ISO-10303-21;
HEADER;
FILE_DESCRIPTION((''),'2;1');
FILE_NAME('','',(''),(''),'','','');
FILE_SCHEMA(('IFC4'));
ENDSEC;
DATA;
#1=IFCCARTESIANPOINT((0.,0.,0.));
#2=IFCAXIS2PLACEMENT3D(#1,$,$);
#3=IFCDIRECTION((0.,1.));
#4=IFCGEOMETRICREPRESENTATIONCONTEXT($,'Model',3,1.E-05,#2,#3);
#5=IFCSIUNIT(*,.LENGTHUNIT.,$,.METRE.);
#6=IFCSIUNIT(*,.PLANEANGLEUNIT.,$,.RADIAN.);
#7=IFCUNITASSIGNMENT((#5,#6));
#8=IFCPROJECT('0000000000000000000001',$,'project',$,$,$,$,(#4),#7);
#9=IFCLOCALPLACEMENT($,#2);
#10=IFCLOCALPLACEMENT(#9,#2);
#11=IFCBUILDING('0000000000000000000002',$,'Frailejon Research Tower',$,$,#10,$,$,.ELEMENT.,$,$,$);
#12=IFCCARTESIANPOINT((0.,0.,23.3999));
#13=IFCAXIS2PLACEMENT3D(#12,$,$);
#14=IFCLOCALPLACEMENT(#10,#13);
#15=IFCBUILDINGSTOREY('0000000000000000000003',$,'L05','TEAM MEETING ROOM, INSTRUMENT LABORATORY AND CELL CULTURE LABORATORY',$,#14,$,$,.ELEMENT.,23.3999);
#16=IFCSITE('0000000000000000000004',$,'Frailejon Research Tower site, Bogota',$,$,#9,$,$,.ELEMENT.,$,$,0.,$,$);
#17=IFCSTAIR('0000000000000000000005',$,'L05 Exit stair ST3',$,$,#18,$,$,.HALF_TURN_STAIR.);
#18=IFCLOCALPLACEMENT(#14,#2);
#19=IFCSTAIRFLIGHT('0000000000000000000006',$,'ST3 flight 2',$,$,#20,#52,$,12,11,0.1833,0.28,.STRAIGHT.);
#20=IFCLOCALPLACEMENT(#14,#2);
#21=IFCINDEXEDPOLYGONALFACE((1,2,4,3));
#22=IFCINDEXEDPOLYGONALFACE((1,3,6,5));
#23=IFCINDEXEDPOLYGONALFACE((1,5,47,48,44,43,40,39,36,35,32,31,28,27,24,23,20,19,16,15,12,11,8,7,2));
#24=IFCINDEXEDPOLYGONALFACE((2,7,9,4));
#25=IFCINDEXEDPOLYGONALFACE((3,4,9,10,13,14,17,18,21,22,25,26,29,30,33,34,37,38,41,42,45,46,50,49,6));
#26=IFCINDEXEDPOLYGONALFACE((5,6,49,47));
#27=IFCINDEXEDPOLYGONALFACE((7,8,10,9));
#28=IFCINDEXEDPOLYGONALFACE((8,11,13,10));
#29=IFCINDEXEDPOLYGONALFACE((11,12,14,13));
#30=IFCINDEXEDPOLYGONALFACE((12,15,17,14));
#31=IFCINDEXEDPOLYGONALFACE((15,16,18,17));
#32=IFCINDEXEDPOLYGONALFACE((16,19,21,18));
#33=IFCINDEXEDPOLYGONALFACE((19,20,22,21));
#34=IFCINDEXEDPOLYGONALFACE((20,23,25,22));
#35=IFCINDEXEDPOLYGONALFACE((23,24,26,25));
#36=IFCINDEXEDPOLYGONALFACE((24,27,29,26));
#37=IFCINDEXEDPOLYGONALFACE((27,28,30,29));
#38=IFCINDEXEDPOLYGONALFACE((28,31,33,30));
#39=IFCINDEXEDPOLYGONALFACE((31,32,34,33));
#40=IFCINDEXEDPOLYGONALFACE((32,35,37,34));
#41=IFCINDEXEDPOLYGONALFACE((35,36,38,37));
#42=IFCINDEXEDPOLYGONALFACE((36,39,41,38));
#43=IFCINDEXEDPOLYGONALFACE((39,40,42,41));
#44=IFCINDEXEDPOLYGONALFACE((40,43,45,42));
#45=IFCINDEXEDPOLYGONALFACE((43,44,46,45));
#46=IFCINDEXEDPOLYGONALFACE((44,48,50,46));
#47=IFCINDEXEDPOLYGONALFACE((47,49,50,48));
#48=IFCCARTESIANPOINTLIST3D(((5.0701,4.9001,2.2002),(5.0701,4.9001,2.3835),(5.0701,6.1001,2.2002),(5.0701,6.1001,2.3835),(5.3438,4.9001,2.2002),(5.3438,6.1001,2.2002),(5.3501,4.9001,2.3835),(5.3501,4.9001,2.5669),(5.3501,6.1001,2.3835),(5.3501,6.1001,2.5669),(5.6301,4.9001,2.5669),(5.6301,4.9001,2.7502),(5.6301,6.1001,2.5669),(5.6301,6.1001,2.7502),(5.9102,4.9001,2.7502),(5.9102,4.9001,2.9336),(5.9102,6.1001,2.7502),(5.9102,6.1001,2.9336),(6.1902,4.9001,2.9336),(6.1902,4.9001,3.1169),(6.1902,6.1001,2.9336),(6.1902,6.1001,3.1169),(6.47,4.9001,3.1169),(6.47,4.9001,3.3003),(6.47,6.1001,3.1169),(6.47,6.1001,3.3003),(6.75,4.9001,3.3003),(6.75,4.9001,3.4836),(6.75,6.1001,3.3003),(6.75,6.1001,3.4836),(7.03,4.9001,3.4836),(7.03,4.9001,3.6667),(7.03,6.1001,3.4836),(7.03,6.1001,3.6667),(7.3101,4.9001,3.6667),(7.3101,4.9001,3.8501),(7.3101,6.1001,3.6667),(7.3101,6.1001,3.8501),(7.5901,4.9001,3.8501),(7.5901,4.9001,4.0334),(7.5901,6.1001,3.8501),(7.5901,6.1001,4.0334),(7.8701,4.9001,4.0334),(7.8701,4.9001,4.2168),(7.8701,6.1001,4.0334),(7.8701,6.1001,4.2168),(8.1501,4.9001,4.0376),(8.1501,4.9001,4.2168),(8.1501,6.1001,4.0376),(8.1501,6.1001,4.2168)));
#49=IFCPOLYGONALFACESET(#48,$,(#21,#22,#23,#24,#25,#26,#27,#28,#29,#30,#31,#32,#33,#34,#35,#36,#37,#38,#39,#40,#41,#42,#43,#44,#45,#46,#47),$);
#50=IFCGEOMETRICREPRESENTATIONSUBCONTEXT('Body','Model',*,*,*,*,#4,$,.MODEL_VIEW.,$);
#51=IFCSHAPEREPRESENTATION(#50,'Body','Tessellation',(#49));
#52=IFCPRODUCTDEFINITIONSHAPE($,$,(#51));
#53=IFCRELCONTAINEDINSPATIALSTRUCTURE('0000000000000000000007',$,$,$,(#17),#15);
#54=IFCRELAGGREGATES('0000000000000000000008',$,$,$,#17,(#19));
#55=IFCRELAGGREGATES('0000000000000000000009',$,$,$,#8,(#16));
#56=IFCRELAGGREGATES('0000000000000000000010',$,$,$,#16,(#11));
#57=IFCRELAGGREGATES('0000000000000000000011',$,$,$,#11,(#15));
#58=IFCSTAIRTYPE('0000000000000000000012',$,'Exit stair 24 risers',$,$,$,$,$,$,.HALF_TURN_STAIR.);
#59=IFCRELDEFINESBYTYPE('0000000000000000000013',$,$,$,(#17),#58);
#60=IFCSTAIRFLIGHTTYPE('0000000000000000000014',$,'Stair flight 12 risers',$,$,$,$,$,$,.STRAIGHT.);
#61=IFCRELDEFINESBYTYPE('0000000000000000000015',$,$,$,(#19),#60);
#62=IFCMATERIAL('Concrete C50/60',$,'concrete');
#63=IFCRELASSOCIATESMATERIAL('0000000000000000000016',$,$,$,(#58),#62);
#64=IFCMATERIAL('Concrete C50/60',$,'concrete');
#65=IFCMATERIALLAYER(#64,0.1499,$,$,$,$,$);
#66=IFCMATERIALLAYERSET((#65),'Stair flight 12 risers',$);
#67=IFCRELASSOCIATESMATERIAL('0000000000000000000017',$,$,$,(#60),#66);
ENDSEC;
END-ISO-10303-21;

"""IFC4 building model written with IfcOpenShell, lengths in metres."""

from ifc_helpers import new_model, si_unit, direction, frame, origin, place, context, subcontext, project, spatial, polyline, outline, extrude, material, layer, layer_set, type_object, element, aggregate, save


model = new_model("IFC4")

# Units and contexts
model_context = context("Model", 3, precision=1e-05, world=origin(), true_north=direction((0.0, 1.0)))
body_context = subcontext(model_context, "Body", "Model", "MODEL_VIEW")
ifc_project = project(units=[si_unit("LENGTHUNIT", "METRE"), si_unit("PLANEANGLEUNIT", "RADIAN")], contexts=[model_context])

# Site, building, storey
site_placement = place(None, origin())
site = spatial("IfcSite", under=ifc_project, at=site_placement, Name="Frailejon Research Tower site, Bogota", CompositionType="ELEMENT", RefElevation=0.0)
building_placement = place(site_placement, origin())
building = spatial("IfcBuilding", under=site, at=building_placement, Name="Frailejon Research Tower", CompositionType="ELEMENT")
storey_placement = place(building_placement, frame((0.0, 0.0, 23.3999)))
storey = spatial("IfcBuildingStorey", under=building, at=storey_placement, Name="L05", Description="TEAM MEETING ROOM, INSTRUMENT LABORATORY AND CELL CULTURE LABORATORY", CompositionType="ELEMENT", Elevation=23.3999)

# Stair
ifc_material_1 = material(Name="Concrete C50/60", Category="concrete")
stair_type = type_object("IfcStairType", Name="Exit stair 24 risers", PredefinedType="HALF_TURN_STAIR", material=ifc_material_1)
stair_1_placement = place(storey_placement, origin())
stair_1 = element("IfcStair", 1, at=stair_1_placement, inside=storey, type_object=stair_type, Name="L05 Exit stair ST3", PredefinedType="HALF_TURN_STAIR")

# Stair flight
ifc_material_2 = material(Name="Concrete C50/60", Category="concrete")
ifc_layer_1 = layer(ifc_material_2, 0.1499)
ifc_layer_set_1 = layer_set([ifc_layer_1], Name="Stair flight 12 risers")
stair_flight_type = type_object("IfcStairFlightType", Name="Stair flight 12 risers", PredefinedType="STRAIGHT", material=ifc_layer_set_1)
stair_flight_1_placement = place(storey_placement, frame((5.0701, 5.5, 2.2002), z_axis=(0.0, 0.0, 1.0), x_axis=(1.0, 0.0, 0.0)))
stair_flight_1 = element("IfcStairFlight", 2, at=stair_flight_1_placement, type_object=stair_flight_type, Name="ST3 flight 2", NumberOfRisers=12, NumberOfTreads=11, PredefinedType="STRAIGHT", RiserHeight=0.1833, TreadLength=0.28, context=body_context, shape_type="SweptSolid", body=[
    extrude(outline(polyline([(0.0, 0.0), (0.0, 0.1833), (0.28, 0.1833), (0.28, 0.3667), (0.5601, 0.3667), (0.5601, 0.55), (0.8401, 0.55), (0.8401, 0.7334), (1.1201, 0.7334), (1.1201, 0.9167), (1.3999, 0.9167), (1.3999, 1.1001), (1.6799, 1.1001), (1.6799, 1.2834), (1.96, 1.2834), (1.96, 1.4666), (2.24, 1.4666), (2.24, 1.6499), (2.52, 1.6499), (2.52, 1.8333), (2.8, 1.8333), (2.8, 2.0166), (3.0801, 2.0166), (3.0801, 2.2), (3.0801, 1.8374), (0.2737, 0.0), (0.0, 0.0)])), frame((0.0, 0.6001, 0.0), z_axis=(0.0, -1.0, 0.0), x_axis=(1.0, 0.0, 0.0)), (0.0, 0.0, 1.0), 1.2),
])
aggregate(stair_1, [stair_flight_1])

save(model, "model.ifc")
